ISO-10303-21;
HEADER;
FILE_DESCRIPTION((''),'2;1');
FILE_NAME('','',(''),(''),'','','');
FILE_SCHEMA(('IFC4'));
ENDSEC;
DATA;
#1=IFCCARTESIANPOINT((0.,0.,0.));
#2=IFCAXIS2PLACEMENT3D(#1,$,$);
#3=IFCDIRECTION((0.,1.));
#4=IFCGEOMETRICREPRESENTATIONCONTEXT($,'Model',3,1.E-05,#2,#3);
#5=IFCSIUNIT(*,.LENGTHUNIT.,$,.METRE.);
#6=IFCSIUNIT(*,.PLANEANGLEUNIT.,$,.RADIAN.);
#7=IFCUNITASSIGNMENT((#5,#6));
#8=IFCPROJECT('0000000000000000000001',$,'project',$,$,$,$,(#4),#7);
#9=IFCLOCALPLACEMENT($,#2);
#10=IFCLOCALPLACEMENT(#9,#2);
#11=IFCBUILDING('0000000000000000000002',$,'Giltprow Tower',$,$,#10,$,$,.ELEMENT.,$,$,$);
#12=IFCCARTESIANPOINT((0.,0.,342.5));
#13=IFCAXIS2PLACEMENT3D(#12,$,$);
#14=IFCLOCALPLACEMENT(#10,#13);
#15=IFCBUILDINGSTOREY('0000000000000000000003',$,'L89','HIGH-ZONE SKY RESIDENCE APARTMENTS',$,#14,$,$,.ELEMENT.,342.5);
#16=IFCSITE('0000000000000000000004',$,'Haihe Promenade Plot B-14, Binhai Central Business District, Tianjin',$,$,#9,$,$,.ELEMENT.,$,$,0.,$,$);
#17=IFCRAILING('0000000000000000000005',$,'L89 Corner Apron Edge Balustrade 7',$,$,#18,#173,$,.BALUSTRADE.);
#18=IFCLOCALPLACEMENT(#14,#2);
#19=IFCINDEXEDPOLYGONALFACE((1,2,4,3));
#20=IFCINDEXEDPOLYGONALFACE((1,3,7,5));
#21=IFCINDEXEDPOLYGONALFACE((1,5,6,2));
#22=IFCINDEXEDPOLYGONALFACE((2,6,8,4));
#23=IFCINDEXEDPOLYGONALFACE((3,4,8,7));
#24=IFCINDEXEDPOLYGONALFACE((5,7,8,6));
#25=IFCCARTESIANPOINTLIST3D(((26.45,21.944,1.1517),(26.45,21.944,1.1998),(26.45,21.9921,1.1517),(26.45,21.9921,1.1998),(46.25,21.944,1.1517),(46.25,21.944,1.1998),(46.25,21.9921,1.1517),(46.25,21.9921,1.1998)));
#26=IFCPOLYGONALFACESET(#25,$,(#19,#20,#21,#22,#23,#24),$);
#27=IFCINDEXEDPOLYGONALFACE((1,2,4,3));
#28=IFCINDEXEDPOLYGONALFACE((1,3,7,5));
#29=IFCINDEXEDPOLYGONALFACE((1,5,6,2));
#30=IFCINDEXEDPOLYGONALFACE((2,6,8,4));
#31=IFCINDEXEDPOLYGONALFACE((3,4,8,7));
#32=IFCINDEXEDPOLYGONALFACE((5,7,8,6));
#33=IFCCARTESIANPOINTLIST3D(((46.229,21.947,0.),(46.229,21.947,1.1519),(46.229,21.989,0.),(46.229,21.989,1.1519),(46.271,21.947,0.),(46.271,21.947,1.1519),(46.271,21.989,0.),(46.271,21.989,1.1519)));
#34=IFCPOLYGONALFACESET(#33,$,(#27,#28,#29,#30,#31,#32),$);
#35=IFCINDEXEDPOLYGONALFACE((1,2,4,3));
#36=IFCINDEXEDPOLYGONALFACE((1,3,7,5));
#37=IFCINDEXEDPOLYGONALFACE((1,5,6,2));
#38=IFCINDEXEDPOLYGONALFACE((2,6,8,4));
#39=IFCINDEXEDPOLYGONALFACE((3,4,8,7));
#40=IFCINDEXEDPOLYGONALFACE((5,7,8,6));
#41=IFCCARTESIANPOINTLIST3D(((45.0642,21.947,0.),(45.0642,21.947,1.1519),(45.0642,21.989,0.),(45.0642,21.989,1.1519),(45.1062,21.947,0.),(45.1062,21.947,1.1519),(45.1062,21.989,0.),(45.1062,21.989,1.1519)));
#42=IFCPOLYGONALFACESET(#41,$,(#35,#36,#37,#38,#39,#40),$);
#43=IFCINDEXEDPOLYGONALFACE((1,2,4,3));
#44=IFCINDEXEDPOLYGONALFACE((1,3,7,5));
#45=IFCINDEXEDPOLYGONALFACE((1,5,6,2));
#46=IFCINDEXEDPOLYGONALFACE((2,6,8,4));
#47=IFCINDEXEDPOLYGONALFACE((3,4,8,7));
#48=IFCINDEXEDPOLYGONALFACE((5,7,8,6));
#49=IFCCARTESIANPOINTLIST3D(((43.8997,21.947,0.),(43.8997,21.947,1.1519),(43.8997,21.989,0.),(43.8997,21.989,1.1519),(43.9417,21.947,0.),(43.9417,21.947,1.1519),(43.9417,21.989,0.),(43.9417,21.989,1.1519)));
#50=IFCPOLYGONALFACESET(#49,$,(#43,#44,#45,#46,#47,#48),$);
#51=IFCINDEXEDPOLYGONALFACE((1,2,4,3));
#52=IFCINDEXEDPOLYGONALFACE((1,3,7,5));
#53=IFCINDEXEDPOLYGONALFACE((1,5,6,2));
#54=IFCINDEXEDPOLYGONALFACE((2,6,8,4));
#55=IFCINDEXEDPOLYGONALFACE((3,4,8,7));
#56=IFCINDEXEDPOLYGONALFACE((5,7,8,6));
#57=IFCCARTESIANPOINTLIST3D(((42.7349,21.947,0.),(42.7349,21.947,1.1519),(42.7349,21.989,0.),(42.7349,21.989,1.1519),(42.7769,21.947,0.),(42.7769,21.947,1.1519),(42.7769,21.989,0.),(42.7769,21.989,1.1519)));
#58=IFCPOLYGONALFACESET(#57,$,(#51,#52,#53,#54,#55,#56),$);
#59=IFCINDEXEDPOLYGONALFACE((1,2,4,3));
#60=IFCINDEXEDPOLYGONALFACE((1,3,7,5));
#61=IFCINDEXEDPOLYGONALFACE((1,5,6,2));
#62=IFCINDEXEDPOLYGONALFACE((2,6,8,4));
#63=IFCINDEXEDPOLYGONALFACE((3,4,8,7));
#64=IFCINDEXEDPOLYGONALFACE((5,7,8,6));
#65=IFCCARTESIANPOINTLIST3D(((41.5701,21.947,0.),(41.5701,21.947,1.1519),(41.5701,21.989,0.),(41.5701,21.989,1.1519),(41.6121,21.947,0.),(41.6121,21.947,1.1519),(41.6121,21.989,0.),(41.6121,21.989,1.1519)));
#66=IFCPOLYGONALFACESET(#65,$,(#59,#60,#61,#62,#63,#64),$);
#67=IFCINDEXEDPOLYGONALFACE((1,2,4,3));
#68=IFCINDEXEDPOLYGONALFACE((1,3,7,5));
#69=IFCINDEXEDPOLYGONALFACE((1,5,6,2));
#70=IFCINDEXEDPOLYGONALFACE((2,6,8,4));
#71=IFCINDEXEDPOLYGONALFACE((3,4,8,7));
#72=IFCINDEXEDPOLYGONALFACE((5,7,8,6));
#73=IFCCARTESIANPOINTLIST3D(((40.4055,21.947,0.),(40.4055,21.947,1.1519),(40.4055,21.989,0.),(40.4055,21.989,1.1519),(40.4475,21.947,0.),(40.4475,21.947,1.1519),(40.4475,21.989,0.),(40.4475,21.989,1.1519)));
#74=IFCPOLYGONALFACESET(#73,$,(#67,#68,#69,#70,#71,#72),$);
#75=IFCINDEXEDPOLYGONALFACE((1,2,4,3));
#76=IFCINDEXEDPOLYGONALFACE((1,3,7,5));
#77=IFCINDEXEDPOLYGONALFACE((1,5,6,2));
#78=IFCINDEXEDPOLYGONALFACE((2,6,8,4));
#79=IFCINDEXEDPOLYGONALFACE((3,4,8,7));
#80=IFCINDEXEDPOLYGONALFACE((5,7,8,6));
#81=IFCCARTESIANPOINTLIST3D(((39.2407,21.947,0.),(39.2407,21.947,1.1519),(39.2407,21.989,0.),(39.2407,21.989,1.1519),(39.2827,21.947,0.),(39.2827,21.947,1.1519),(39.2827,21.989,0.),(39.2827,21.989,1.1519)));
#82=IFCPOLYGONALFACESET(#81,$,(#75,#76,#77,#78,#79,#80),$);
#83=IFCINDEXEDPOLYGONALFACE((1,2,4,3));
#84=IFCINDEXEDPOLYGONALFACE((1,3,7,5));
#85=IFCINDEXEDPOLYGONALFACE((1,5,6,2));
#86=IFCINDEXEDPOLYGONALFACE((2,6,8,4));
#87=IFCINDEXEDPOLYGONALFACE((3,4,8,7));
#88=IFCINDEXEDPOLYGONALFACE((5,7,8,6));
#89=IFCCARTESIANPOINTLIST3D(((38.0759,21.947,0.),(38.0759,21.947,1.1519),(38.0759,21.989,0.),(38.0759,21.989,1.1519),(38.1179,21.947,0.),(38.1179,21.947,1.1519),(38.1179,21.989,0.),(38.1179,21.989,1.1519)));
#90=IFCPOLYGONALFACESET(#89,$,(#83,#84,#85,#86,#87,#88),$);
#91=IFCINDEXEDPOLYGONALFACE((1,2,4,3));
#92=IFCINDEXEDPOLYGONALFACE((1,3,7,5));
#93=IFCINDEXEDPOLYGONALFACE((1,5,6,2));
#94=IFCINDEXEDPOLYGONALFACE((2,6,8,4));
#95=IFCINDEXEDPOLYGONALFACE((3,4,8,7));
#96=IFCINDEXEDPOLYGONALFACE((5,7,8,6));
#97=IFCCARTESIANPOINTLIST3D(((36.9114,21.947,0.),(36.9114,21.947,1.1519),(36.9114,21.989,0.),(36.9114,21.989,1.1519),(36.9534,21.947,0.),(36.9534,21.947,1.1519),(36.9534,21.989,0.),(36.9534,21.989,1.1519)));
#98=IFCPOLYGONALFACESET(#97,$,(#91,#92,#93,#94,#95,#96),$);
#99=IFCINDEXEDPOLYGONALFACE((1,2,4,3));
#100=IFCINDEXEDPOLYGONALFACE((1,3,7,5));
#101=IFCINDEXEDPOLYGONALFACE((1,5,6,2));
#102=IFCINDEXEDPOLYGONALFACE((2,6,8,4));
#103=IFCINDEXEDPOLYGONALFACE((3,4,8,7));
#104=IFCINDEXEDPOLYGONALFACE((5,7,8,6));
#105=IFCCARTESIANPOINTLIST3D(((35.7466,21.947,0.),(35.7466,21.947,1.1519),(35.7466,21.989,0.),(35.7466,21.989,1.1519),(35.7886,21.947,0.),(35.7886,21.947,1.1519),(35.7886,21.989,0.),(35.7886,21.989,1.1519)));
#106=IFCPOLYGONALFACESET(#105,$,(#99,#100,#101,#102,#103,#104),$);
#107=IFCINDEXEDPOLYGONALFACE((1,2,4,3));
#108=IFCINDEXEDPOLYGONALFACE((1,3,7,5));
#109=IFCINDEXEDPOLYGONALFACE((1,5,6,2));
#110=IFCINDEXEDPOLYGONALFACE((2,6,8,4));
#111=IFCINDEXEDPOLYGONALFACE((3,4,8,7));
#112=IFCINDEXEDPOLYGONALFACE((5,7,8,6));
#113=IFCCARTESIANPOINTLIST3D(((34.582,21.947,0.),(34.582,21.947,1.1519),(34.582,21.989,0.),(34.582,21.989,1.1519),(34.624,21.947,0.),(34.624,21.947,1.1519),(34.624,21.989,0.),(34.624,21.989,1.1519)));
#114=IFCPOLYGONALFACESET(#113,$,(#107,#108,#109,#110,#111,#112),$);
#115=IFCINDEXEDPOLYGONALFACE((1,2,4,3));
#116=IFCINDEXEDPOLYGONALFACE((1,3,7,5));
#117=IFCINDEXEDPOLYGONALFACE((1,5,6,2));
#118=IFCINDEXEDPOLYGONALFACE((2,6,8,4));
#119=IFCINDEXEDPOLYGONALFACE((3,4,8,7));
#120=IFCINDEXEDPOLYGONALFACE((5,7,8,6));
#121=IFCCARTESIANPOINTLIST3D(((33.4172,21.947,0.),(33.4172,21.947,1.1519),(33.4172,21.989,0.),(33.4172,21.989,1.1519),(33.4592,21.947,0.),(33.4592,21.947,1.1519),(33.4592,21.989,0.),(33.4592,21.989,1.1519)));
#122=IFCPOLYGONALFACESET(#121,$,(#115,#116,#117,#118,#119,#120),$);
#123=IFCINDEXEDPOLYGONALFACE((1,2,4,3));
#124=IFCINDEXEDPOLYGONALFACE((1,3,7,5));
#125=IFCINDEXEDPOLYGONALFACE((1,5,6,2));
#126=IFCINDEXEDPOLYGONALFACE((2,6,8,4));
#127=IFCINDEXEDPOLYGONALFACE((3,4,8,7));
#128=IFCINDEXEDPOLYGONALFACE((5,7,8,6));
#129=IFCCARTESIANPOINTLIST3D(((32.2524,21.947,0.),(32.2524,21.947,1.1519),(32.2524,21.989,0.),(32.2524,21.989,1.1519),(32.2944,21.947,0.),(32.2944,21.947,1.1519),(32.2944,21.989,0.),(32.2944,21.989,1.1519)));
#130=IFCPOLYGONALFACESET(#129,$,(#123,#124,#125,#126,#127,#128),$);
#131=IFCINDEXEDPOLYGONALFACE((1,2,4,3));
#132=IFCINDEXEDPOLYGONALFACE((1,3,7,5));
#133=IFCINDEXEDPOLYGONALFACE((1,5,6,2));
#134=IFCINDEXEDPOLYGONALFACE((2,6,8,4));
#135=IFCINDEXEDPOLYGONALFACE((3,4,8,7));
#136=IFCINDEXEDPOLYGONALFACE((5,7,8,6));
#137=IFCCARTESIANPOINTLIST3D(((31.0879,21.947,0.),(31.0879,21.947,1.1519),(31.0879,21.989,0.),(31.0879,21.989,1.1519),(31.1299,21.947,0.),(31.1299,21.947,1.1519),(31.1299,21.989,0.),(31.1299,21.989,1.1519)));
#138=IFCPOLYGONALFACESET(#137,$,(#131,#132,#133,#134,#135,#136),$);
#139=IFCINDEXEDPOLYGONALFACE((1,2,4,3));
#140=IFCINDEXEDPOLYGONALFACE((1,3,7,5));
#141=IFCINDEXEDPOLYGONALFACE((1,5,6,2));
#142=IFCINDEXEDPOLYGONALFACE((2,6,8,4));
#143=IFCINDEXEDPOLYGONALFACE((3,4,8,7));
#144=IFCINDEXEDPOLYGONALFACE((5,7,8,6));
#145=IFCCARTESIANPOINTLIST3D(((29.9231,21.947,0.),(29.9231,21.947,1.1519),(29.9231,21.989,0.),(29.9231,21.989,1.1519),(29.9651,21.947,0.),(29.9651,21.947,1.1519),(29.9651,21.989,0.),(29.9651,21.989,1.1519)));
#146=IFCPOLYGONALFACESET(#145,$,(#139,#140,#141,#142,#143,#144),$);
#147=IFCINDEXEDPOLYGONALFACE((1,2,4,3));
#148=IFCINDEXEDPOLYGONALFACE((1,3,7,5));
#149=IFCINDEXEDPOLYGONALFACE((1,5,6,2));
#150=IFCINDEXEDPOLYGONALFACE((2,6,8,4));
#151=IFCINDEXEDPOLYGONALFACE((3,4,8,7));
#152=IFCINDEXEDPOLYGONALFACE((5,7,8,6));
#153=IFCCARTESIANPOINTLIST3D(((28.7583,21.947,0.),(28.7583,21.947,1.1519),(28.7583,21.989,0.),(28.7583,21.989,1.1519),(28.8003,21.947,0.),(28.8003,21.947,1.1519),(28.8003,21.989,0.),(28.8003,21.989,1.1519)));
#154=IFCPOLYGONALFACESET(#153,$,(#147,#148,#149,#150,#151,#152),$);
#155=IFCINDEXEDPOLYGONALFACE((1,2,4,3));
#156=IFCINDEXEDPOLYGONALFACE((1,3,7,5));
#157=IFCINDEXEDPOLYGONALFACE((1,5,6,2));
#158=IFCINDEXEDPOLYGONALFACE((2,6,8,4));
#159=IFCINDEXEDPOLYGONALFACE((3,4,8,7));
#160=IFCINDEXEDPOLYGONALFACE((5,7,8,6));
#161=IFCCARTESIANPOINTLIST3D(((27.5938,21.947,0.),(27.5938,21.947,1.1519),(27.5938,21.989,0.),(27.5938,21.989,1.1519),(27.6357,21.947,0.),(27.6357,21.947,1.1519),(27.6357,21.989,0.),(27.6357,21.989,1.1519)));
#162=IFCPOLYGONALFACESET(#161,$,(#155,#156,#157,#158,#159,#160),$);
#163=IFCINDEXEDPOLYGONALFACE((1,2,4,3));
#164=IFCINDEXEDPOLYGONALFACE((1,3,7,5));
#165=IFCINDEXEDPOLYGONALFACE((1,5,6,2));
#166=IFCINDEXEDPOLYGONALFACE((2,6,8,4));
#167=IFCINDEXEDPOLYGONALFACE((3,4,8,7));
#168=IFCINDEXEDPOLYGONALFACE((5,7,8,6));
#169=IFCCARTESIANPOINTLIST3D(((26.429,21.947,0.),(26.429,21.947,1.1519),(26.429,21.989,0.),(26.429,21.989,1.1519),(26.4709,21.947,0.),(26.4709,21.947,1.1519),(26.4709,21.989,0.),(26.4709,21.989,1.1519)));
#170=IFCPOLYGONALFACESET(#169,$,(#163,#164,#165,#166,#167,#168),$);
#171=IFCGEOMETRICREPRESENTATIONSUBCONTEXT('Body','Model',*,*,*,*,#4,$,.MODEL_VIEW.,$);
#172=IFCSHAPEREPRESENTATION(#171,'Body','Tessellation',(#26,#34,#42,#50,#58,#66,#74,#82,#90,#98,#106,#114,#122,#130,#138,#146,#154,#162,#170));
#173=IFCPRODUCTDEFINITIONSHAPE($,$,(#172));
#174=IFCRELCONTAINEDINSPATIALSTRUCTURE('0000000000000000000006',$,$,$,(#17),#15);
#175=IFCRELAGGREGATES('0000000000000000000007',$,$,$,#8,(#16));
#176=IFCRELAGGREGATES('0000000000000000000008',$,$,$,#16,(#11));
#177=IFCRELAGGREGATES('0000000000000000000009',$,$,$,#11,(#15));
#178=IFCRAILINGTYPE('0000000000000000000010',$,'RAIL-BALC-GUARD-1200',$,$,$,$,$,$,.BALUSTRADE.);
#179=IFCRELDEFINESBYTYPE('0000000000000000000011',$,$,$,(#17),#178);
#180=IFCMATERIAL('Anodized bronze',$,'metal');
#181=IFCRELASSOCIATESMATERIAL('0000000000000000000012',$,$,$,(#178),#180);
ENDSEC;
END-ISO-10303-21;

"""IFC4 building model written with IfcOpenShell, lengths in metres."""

from ifc_helpers import new_model, si_unit, direction, frame, origin, origin_2d, place, context, subcontext, project, spatial, rectangle, extrude, material, type_object, element, save


model = new_model("IFC4")

# Units and contexts
model_context = context("Model", 3, precision=1e-05, world=origin(), true_north=direction((0.0, 1.0)))
body_context = subcontext(model_context, "Body", "Model", "MODEL_VIEW")
ifc_project = project(units=[si_unit("LENGTHUNIT", "METRE"), si_unit("PLANEANGLEUNIT", "RADIAN")], contexts=[model_context])

# Site, building, storey
site_placement = place(None, origin())
site = spatial("IfcSite", under=ifc_project, at=site_placement, Name="Haihe Promenade Plot B-14, Binhai Central Business District, Tianjin", CompositionType="ELEMENT", RefElevation=0.0)
building_placement = place(site_placement, origin())
building = spatial("IfcBuilding", under=site, at=building_placement, Name="Giltprow Tower", CompositionType="ELEMENT")
storey_placement = place(building_placement, frame((0.0, 0.0, 342.5)))
storey = spatial("IfcBuildingStorey", under=building, at=storey_placement, Name="L89", Description="HIGH-ZONE SKY RESIDENCE APARTMENTS", CompositionType="ELEMENT", Elevation=342.5)

# Railing
ifc_material_1 = material(Name="Anodized bronze", Category="metal")
railing_type = type_object("IfcRailingType", Name="RAIL-BALC-GUARD-1200", PredefinedType="BALUSTRADE", material=ifc_material_1)
railing_1_placement = place(storey_placement, frame((46.25, 21.968, 0.0)))
element("IfcRailing", 1, at=railing_1_placement, inside=storey, type_object=railing_type, Name="L89 Corner Apron Edge Balustrade 7", PredefinedType="BALUSTRADE", context=body_context, shape_type="SweptSolid", body=[
    extrude(rectangle(XDim=0.0481, YDim=0.0481, at=origin_2d()), frame((0.0, 0.0, 1.1758), z_axis=(-1.0, 0.0, 0.0), x_axis=(0.0, -1.0, 0.0)), (0.0, 0.0, 1.0), 19.8),
    extrude(rectangle(XDim=0.042, YDim=0.042, at=origin_2d()), origin(), (0.0, 0.0, 1.0), 1.1519),
    extrude(rectangle(XDim=0.042, YDim=0.042, at=origin_2d()), frame((-1.1648, 0.0, 0.0)), (0.0, 0.0, 1.0), 1.1519),
    extrude(rectangle(XDim=0.042, YDim=0.042, at=origin_2d()), frame((-2.3293, 0.0, 0.0)), (0.0, 0.0, 1.0), 1.1519),
    extrude(rectangle(XDim=0.042, YDim=0.042, at=origin_2d()), frame((-3.4941, 0.0, 0.0)), (0.0, 0.0, 1.0), 1.1519),
    extrude(rectangle(XDim=0.042, YDim=0.042, at=origin_2d()), frame((-4.6589, 0.0, 0.0)), (0.0, 0.0, 1.0), 1.1519),
    extrude(rectangle(XDim=0.042, YDim=0.042, at=origin_2d()), frame((-5.8235, 0.0, 0.0)), (0.0, 0.0, 1.0), 1.1519),
    extrude(rectangle(XDim=0.042, YDim=0.042, at=origin_2d()), frame((-6.9883, 0.0, 0.0)), (0.0, 0.0, 1.0), 1.1519),
    extrude(rectangle(XDim=0.042, YDim=0.042, at=origin_2d()), frame((-8.1531, 0.0, 0.0)), (0.0, 0.0, 1.0), 1.1519),
    extrude(rectangle(XDim=0.042, YDim=0.042, at=origin_2d()), frame((-9.3176, 0.0, 0.0)), (0.0, 0.0, 1.0), 1.1519),
    extrude(rectangle(XDim=0.042, YDim=0.042, at=origin_2d()), frame((-10.4824, 0.0, 0.0)), (0.0, 0.0, 1.0), 1.1519),
    extrude(rectangle(XDim=0.042, YDim=0.042, at=origin_2d()), frame((-11.647, 0.0, 0.0)), (0.0, 0.0, 1.0), 1.1519),
    extrude(rectangle(XDim=0.042, YDim=0.042, at=origin_2d()), frame((-12.8118, 0.0, 0.0)), (0.0, 0.0, 1.0), 1.1519),
    extrude(rectangle(XDim=0.042, YDim=0.042, at=origin_2d()), frame((-13.9766, 0.0, 0.0)), (0.0, 0.0, 1.0), 1.1519),
    extrude(rectangle(XDim=0.042, YDim=0.042, at=origin_2d()), frame((-15.1411, 0.0, 0.0)), (0.0, 0.0, 1.0), 1.1519),
    extrude(rectangle(XDim=0.042, YDim=0.042, at=origin_2d()), frame((-16.3059, 0.0, 0.0)), (0.0, 0.0, 1.0), 1.1519),
    extrude(rectangle(XDim=0.042, YDim=0.042, at=origin_2d()), frame((-17.4707, 0.0, 0.0)), (0.0, 0.0, 1.0), 1.1519),
    extrude(rectangle(XDim=0.042, YDim=0.042, at=origin_2d()), frame((-18.6353, 0.0, 0.0)), (0.0, 0.0, 1.0), 1.1519),
    extrude(rectangle(XDim=0.042, YDim=0.042, at=origin_2d()), frame((-19.8, 0.0, 0.0)), (0.0, 0.0, 1.0), 1.1519),
])

save(model, "model.ifc")
